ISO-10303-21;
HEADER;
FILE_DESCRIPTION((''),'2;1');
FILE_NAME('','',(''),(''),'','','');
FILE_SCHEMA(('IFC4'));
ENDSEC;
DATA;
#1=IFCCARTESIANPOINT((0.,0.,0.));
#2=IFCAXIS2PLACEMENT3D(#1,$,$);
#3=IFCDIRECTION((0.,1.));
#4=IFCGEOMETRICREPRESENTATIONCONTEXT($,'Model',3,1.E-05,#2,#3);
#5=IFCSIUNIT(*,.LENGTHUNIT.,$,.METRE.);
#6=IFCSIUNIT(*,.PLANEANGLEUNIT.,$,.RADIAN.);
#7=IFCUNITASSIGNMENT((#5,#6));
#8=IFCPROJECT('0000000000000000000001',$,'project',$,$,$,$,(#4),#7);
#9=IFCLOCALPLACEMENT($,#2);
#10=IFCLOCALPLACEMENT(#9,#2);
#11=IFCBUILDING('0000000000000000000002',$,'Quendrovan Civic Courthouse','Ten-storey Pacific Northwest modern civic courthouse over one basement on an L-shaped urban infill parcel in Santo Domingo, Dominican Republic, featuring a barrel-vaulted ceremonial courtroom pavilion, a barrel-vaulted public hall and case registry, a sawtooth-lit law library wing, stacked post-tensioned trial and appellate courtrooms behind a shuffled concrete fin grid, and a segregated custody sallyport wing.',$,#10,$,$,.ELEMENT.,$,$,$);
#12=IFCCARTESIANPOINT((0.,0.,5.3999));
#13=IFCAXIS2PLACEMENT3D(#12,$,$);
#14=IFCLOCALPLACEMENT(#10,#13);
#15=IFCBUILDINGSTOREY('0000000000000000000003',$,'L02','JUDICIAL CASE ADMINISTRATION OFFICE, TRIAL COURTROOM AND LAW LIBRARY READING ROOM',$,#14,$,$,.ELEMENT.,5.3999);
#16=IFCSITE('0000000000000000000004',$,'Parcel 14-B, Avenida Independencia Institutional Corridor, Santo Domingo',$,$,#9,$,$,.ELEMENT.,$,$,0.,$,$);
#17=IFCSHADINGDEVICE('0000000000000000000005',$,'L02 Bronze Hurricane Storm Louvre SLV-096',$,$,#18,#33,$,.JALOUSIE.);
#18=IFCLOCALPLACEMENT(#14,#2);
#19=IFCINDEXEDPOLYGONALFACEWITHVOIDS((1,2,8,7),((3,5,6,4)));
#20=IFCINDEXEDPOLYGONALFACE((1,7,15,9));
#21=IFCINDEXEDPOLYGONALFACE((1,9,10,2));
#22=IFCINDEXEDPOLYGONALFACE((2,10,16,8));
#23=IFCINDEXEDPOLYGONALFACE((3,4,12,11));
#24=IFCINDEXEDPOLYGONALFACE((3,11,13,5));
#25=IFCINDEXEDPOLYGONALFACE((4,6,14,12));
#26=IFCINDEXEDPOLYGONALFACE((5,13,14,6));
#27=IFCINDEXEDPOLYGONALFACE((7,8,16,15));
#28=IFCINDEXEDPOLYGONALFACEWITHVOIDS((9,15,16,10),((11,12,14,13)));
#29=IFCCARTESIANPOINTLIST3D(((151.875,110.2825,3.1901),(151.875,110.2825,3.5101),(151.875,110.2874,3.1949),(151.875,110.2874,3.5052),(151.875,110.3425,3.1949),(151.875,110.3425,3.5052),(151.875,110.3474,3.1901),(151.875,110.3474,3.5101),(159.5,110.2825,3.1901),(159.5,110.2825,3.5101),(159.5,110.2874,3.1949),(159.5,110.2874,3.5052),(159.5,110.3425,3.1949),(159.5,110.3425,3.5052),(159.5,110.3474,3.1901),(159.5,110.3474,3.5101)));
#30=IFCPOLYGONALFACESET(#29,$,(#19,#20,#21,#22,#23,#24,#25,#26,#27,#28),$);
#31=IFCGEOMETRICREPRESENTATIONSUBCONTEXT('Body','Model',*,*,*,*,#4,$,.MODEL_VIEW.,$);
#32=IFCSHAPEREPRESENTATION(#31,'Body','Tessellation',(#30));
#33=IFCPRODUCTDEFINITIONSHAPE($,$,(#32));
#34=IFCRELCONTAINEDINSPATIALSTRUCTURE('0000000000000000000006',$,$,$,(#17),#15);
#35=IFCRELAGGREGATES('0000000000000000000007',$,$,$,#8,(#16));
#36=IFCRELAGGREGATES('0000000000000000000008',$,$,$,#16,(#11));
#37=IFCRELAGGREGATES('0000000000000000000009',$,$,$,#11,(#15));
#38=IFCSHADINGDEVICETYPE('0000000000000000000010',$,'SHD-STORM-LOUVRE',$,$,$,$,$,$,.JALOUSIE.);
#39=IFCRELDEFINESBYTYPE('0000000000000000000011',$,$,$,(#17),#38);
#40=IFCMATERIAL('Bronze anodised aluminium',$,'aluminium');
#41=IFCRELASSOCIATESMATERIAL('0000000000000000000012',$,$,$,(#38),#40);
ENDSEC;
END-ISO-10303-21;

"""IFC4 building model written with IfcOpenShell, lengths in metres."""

from ifc_helpers import new_model, si_unit, direction, frame, origin, origin_2d, place, context, subcontext, project, spatial, hollow_rectangle, extrude, material, material_profile, profile_set, type_object, element, save


model = new_model("IFC4")

# Units and contexts
model_context = context("Model", 3, precision=1e-05, world=origin(), true_north=direction((0.0, 1.0)))
body_context = subcontext(model_context, "Body", "Model", "MODEL_VIEW")
ifc_project = project(units=[si_unit("LENGTHUNIT", "METRE"), si_unit("PLANEANGLEUNIT", "RADIAN")], contexts=[model_context])

# Site, building, storey
site_placement = place(None, origin())
site = spatial("IfcSite", under=ifc_project, at=site_placement, Name="Parcel 14-B, Avenida Independencia Institutional Corridor, Santo Domingo", CompositionType="ELEMENT", RefElevation=0.0)
building_placement = place(site_placement, origin())
building = spatial("IfcBuilding", under=site, at=building_placement, Name="Quendrovan Civic Courthouse", Description="Ten-storey Pacific Northwest modern civic courthouse over one basement on an L-shaped urban infill parcel in Santo Domingo, Dominican Republic, featuring a barrel-vaulted ceremonial courtroom pavilion, a barrel-vaulted public hall and case registry, a sawtooth-lit law library wing, stacked post-tensioned trial and appellate courtrooms behind a shuffled concrete fin grid, and a segregated custody sallyport wing.", CompositionType="ELEMENT")
storey_placement = place(building_placement, frame((0.0, 0.0, 5.3999)))
storey = spatial("IfcBuildingStorey", under=building, at=storey_placement, Name="L02", Description="JUDICIAL CASE ADMINISTRATION OFFICE, TRIAL COURTROOM AND LAW LIBRARY READING ROOM", CompositionType="ELEMENT", Elevation=5.3999)

# Shared definitions
ifc_material_1 = material(Name="Bronze anodised aluminium", Category="aluminium")

# Shading device
ifc_material_profile_1 = material_profile(ifc_material_1, hollow_rectangle(XDim=0.0649, YDim=0.3201, WallThickness=0.0049, at=origin_2d()), Name="AL-LOUVRE-65x320")
ifc_profile_set_1 = profile_set([ifc_material_profile_1], Name="Bronze anodised aluminium")
shading_device_type = type_object("IfcShadingDeviceType", Name="SHD-STORM-LOUVRE", PredefinedType="JALOUSIE", material=ifc_profile_set_1)
for number, where, z_axis, x_axis, name in (
    (1, (151.875, 110.3149, 3.3501), (1.0, 0.0, 0.0), (0.0, 1.0, 0.0), "L02 Bronze Hurricane Storm Louvre SLV-096"),
):
    element("IfcShadingDevice", number, at=place(storey_placement, frame(where, z_axis=z_axis, x_axis=x_axis)), inside=storey, type_object=shading_device_type, Name=name, PredefinedType="JALOUSIE", context=body_context, shape_type="SweptSolid", body=[
        extrude(hollow_rectangle(XDim=0.0649, YDim=0.3201, WallThickness=0.0049, at=origin_2d()), origin(), (0.0, 0.0, 1.0), 7.625),
    ])

save(model, "model.ifc")
